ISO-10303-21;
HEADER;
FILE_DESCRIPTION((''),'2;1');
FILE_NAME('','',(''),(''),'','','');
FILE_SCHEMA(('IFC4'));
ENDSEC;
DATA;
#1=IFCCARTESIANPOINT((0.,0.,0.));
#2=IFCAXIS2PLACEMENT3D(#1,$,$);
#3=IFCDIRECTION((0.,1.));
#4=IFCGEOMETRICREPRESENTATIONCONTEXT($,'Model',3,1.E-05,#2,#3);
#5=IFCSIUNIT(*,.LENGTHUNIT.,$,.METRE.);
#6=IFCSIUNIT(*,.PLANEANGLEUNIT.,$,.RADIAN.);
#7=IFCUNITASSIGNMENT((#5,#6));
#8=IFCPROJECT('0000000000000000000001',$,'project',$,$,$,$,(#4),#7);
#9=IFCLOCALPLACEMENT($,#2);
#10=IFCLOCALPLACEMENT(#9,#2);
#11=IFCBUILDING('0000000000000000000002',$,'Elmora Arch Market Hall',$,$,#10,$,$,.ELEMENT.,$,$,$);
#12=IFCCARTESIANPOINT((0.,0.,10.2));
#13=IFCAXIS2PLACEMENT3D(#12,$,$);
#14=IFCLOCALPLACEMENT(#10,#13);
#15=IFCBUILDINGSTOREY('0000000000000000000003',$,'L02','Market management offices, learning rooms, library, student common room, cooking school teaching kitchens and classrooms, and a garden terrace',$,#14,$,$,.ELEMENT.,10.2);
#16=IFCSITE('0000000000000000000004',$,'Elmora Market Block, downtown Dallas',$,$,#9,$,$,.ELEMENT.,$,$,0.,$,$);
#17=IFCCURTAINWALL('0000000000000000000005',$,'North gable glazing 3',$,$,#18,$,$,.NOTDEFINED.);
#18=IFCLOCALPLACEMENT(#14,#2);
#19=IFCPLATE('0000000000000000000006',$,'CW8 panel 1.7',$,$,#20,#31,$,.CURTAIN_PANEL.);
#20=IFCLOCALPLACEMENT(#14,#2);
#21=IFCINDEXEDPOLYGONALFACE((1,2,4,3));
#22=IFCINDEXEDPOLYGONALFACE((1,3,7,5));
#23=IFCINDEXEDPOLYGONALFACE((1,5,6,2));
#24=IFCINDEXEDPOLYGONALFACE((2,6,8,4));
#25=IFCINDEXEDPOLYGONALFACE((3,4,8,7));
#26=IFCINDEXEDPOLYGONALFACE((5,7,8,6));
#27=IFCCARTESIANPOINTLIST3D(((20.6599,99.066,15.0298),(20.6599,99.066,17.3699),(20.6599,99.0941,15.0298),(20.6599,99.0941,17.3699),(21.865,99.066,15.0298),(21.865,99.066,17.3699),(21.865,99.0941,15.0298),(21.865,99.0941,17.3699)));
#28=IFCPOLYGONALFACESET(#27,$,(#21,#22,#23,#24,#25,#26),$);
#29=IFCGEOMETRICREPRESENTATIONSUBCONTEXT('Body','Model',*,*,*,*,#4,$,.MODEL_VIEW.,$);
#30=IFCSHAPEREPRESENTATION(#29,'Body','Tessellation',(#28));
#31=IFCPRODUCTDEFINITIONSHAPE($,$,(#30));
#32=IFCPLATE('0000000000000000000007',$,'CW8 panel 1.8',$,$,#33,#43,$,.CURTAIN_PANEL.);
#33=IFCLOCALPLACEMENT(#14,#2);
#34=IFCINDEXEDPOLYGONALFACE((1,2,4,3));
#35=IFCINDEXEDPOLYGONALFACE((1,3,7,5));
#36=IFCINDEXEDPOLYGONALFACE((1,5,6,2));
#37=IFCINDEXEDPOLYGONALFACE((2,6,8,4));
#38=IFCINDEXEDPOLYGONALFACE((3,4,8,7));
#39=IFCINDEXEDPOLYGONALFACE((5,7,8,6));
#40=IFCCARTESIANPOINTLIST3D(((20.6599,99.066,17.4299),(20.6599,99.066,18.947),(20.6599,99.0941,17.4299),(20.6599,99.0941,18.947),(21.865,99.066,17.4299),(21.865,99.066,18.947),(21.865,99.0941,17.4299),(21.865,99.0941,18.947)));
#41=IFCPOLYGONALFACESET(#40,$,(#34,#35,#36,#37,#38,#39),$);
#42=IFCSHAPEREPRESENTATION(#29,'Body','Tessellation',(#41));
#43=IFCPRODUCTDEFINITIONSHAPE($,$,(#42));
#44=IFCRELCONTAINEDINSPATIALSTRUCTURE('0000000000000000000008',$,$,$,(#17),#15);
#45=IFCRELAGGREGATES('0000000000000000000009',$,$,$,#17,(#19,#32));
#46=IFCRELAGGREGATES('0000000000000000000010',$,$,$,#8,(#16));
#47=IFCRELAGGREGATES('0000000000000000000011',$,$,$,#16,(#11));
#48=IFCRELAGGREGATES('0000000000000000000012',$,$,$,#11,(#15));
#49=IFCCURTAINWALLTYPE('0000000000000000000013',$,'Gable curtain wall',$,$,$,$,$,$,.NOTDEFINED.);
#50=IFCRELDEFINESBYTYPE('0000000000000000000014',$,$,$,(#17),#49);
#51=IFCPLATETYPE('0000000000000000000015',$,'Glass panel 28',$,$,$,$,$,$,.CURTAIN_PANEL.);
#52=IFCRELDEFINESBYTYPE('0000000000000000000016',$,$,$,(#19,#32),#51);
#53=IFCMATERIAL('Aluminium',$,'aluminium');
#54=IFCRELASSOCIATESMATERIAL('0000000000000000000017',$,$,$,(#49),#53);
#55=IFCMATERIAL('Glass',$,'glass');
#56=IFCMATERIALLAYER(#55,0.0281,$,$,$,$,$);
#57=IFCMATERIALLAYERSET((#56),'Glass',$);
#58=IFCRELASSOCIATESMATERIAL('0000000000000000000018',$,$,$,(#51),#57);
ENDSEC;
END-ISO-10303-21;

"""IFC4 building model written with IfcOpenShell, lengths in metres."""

from ifc_helpers import new_model, si_unit, direction, frame, origin, origin_2d, place, context, subcontext, project, spatial, rectangle, extrude, material, layer, layer_set, type_object, element, aggregate, save


model = new_model("IFC4")

# Units and contexts
model_context = context("Model", 3, precision=1e-05, world=origin(), true_north=direction((0.0, 1.0)))
body_context = subcontext(model_context, "Body", "Model", "MODEL_VIEW")
ifc_project = project(units=[si_unit("LENGTHUNIT", "METRE"), si_unit("PLANEANGLEUNIT", "RADIAN")], contexts=[model_context])

# Site, building, storey
site_placement = place(None, origin())
site = spatial("IfcSite", under=ifc_project, at=site_placement, Name="Elmora Market Block, downtown Dallas", CompositionType="ELEMENT", RefElevation=0.0)
building_placement = place(site_placement, origin())
building = spatial("IfcBuilding", under=site, at=building_placement, Name="Elmora Arch Market Hall", CompositionType="ELEMENT")
storey_placement = place(building_placement, frame((0.0, 0.0, 10.2)))
storey = spatial("IfcBuildingStorey", under=building, at=storey_placement, Name="L02", Description="Market management offices, learning rooms, library, student common room, cooking school teaching kitchens and classrooms, and a garden terrace", CompositionType="ELEMENT", Elevation=10.2)

# Curtain wall
ifc_material_1 = material(Name="Aluminium", Category="aluminium")
curtain_wall_type_1 = type_object("IfcCurtainWallType", Name="Gable curtain wall", PredefinedType="NOTDEFINED", material=ifc_material_1)
curtain_wall_1_placement = place(storey_placement, origin())
curtain_wall_1 = element("IfcCurtainWall", 1, at=curtain_wall_1_placement, inside=storey, type_object=curtain_wall_type_1, Name="North gable glazing 3", PredefinedType="NOTDEFINED")

# Plates
ifc_material_2 = material(Name="Glass", Category="glass")
ifc_layer = layer(ifc_material_2, 0.0281)
ifc_layer_set = layer_set([ifc_layer], Name="Glass")
plate_type = type_object("IfcPlateType", Name="Glass panel 28", PredefinedType="CURTAIN_PANEL", material=ifc_layer_set)
plate_1_placement = place(storey_placement, frame((21.2625, 99.0801, 15.0298), z_axis=(0.0, 0.0, 1.0), x_axis=(1.0, 0.0, 0.0)))
plate_1 = element("IfcPlate", 2, at=plate_1_placement, type_object=plate_type, Name="CW8 panel 1.7", PredefinedType="CURTAIN_PANEL", context=body_context, shape_type="SweptSolid", body=[
    extrude(rectangle(XDim=1.2051, YDim=0.0281, at=origin_2d()), origin(), (0.0, 0.0, 1.0), 2.3401),
])
plate_2_placement = place(storey_placement, frame((21.2625, 99.0801, 17.4299), z_axis=(0.0, 0.0, 1.0), x_axis=(1.0, 0.0, 0.0)))
plate_2 = element("IfcPlate", 3, at=plate_2_placement, type_object=plate_type, Name="CW8 panel 1.8", PredefinedType="CURTAIN_PANEL", context=body_context, shape_type="SweptSolid", body=[
    extrude(rectangle(XDim=1.2051, YDim=0.0281, at=origin_2d()), origin(), (0.0, 0.0, 1.0), 1.5171),
])
aggregate(curtain_wall_1, [plate_1, plate_2])

save(model, "model.ifc")
